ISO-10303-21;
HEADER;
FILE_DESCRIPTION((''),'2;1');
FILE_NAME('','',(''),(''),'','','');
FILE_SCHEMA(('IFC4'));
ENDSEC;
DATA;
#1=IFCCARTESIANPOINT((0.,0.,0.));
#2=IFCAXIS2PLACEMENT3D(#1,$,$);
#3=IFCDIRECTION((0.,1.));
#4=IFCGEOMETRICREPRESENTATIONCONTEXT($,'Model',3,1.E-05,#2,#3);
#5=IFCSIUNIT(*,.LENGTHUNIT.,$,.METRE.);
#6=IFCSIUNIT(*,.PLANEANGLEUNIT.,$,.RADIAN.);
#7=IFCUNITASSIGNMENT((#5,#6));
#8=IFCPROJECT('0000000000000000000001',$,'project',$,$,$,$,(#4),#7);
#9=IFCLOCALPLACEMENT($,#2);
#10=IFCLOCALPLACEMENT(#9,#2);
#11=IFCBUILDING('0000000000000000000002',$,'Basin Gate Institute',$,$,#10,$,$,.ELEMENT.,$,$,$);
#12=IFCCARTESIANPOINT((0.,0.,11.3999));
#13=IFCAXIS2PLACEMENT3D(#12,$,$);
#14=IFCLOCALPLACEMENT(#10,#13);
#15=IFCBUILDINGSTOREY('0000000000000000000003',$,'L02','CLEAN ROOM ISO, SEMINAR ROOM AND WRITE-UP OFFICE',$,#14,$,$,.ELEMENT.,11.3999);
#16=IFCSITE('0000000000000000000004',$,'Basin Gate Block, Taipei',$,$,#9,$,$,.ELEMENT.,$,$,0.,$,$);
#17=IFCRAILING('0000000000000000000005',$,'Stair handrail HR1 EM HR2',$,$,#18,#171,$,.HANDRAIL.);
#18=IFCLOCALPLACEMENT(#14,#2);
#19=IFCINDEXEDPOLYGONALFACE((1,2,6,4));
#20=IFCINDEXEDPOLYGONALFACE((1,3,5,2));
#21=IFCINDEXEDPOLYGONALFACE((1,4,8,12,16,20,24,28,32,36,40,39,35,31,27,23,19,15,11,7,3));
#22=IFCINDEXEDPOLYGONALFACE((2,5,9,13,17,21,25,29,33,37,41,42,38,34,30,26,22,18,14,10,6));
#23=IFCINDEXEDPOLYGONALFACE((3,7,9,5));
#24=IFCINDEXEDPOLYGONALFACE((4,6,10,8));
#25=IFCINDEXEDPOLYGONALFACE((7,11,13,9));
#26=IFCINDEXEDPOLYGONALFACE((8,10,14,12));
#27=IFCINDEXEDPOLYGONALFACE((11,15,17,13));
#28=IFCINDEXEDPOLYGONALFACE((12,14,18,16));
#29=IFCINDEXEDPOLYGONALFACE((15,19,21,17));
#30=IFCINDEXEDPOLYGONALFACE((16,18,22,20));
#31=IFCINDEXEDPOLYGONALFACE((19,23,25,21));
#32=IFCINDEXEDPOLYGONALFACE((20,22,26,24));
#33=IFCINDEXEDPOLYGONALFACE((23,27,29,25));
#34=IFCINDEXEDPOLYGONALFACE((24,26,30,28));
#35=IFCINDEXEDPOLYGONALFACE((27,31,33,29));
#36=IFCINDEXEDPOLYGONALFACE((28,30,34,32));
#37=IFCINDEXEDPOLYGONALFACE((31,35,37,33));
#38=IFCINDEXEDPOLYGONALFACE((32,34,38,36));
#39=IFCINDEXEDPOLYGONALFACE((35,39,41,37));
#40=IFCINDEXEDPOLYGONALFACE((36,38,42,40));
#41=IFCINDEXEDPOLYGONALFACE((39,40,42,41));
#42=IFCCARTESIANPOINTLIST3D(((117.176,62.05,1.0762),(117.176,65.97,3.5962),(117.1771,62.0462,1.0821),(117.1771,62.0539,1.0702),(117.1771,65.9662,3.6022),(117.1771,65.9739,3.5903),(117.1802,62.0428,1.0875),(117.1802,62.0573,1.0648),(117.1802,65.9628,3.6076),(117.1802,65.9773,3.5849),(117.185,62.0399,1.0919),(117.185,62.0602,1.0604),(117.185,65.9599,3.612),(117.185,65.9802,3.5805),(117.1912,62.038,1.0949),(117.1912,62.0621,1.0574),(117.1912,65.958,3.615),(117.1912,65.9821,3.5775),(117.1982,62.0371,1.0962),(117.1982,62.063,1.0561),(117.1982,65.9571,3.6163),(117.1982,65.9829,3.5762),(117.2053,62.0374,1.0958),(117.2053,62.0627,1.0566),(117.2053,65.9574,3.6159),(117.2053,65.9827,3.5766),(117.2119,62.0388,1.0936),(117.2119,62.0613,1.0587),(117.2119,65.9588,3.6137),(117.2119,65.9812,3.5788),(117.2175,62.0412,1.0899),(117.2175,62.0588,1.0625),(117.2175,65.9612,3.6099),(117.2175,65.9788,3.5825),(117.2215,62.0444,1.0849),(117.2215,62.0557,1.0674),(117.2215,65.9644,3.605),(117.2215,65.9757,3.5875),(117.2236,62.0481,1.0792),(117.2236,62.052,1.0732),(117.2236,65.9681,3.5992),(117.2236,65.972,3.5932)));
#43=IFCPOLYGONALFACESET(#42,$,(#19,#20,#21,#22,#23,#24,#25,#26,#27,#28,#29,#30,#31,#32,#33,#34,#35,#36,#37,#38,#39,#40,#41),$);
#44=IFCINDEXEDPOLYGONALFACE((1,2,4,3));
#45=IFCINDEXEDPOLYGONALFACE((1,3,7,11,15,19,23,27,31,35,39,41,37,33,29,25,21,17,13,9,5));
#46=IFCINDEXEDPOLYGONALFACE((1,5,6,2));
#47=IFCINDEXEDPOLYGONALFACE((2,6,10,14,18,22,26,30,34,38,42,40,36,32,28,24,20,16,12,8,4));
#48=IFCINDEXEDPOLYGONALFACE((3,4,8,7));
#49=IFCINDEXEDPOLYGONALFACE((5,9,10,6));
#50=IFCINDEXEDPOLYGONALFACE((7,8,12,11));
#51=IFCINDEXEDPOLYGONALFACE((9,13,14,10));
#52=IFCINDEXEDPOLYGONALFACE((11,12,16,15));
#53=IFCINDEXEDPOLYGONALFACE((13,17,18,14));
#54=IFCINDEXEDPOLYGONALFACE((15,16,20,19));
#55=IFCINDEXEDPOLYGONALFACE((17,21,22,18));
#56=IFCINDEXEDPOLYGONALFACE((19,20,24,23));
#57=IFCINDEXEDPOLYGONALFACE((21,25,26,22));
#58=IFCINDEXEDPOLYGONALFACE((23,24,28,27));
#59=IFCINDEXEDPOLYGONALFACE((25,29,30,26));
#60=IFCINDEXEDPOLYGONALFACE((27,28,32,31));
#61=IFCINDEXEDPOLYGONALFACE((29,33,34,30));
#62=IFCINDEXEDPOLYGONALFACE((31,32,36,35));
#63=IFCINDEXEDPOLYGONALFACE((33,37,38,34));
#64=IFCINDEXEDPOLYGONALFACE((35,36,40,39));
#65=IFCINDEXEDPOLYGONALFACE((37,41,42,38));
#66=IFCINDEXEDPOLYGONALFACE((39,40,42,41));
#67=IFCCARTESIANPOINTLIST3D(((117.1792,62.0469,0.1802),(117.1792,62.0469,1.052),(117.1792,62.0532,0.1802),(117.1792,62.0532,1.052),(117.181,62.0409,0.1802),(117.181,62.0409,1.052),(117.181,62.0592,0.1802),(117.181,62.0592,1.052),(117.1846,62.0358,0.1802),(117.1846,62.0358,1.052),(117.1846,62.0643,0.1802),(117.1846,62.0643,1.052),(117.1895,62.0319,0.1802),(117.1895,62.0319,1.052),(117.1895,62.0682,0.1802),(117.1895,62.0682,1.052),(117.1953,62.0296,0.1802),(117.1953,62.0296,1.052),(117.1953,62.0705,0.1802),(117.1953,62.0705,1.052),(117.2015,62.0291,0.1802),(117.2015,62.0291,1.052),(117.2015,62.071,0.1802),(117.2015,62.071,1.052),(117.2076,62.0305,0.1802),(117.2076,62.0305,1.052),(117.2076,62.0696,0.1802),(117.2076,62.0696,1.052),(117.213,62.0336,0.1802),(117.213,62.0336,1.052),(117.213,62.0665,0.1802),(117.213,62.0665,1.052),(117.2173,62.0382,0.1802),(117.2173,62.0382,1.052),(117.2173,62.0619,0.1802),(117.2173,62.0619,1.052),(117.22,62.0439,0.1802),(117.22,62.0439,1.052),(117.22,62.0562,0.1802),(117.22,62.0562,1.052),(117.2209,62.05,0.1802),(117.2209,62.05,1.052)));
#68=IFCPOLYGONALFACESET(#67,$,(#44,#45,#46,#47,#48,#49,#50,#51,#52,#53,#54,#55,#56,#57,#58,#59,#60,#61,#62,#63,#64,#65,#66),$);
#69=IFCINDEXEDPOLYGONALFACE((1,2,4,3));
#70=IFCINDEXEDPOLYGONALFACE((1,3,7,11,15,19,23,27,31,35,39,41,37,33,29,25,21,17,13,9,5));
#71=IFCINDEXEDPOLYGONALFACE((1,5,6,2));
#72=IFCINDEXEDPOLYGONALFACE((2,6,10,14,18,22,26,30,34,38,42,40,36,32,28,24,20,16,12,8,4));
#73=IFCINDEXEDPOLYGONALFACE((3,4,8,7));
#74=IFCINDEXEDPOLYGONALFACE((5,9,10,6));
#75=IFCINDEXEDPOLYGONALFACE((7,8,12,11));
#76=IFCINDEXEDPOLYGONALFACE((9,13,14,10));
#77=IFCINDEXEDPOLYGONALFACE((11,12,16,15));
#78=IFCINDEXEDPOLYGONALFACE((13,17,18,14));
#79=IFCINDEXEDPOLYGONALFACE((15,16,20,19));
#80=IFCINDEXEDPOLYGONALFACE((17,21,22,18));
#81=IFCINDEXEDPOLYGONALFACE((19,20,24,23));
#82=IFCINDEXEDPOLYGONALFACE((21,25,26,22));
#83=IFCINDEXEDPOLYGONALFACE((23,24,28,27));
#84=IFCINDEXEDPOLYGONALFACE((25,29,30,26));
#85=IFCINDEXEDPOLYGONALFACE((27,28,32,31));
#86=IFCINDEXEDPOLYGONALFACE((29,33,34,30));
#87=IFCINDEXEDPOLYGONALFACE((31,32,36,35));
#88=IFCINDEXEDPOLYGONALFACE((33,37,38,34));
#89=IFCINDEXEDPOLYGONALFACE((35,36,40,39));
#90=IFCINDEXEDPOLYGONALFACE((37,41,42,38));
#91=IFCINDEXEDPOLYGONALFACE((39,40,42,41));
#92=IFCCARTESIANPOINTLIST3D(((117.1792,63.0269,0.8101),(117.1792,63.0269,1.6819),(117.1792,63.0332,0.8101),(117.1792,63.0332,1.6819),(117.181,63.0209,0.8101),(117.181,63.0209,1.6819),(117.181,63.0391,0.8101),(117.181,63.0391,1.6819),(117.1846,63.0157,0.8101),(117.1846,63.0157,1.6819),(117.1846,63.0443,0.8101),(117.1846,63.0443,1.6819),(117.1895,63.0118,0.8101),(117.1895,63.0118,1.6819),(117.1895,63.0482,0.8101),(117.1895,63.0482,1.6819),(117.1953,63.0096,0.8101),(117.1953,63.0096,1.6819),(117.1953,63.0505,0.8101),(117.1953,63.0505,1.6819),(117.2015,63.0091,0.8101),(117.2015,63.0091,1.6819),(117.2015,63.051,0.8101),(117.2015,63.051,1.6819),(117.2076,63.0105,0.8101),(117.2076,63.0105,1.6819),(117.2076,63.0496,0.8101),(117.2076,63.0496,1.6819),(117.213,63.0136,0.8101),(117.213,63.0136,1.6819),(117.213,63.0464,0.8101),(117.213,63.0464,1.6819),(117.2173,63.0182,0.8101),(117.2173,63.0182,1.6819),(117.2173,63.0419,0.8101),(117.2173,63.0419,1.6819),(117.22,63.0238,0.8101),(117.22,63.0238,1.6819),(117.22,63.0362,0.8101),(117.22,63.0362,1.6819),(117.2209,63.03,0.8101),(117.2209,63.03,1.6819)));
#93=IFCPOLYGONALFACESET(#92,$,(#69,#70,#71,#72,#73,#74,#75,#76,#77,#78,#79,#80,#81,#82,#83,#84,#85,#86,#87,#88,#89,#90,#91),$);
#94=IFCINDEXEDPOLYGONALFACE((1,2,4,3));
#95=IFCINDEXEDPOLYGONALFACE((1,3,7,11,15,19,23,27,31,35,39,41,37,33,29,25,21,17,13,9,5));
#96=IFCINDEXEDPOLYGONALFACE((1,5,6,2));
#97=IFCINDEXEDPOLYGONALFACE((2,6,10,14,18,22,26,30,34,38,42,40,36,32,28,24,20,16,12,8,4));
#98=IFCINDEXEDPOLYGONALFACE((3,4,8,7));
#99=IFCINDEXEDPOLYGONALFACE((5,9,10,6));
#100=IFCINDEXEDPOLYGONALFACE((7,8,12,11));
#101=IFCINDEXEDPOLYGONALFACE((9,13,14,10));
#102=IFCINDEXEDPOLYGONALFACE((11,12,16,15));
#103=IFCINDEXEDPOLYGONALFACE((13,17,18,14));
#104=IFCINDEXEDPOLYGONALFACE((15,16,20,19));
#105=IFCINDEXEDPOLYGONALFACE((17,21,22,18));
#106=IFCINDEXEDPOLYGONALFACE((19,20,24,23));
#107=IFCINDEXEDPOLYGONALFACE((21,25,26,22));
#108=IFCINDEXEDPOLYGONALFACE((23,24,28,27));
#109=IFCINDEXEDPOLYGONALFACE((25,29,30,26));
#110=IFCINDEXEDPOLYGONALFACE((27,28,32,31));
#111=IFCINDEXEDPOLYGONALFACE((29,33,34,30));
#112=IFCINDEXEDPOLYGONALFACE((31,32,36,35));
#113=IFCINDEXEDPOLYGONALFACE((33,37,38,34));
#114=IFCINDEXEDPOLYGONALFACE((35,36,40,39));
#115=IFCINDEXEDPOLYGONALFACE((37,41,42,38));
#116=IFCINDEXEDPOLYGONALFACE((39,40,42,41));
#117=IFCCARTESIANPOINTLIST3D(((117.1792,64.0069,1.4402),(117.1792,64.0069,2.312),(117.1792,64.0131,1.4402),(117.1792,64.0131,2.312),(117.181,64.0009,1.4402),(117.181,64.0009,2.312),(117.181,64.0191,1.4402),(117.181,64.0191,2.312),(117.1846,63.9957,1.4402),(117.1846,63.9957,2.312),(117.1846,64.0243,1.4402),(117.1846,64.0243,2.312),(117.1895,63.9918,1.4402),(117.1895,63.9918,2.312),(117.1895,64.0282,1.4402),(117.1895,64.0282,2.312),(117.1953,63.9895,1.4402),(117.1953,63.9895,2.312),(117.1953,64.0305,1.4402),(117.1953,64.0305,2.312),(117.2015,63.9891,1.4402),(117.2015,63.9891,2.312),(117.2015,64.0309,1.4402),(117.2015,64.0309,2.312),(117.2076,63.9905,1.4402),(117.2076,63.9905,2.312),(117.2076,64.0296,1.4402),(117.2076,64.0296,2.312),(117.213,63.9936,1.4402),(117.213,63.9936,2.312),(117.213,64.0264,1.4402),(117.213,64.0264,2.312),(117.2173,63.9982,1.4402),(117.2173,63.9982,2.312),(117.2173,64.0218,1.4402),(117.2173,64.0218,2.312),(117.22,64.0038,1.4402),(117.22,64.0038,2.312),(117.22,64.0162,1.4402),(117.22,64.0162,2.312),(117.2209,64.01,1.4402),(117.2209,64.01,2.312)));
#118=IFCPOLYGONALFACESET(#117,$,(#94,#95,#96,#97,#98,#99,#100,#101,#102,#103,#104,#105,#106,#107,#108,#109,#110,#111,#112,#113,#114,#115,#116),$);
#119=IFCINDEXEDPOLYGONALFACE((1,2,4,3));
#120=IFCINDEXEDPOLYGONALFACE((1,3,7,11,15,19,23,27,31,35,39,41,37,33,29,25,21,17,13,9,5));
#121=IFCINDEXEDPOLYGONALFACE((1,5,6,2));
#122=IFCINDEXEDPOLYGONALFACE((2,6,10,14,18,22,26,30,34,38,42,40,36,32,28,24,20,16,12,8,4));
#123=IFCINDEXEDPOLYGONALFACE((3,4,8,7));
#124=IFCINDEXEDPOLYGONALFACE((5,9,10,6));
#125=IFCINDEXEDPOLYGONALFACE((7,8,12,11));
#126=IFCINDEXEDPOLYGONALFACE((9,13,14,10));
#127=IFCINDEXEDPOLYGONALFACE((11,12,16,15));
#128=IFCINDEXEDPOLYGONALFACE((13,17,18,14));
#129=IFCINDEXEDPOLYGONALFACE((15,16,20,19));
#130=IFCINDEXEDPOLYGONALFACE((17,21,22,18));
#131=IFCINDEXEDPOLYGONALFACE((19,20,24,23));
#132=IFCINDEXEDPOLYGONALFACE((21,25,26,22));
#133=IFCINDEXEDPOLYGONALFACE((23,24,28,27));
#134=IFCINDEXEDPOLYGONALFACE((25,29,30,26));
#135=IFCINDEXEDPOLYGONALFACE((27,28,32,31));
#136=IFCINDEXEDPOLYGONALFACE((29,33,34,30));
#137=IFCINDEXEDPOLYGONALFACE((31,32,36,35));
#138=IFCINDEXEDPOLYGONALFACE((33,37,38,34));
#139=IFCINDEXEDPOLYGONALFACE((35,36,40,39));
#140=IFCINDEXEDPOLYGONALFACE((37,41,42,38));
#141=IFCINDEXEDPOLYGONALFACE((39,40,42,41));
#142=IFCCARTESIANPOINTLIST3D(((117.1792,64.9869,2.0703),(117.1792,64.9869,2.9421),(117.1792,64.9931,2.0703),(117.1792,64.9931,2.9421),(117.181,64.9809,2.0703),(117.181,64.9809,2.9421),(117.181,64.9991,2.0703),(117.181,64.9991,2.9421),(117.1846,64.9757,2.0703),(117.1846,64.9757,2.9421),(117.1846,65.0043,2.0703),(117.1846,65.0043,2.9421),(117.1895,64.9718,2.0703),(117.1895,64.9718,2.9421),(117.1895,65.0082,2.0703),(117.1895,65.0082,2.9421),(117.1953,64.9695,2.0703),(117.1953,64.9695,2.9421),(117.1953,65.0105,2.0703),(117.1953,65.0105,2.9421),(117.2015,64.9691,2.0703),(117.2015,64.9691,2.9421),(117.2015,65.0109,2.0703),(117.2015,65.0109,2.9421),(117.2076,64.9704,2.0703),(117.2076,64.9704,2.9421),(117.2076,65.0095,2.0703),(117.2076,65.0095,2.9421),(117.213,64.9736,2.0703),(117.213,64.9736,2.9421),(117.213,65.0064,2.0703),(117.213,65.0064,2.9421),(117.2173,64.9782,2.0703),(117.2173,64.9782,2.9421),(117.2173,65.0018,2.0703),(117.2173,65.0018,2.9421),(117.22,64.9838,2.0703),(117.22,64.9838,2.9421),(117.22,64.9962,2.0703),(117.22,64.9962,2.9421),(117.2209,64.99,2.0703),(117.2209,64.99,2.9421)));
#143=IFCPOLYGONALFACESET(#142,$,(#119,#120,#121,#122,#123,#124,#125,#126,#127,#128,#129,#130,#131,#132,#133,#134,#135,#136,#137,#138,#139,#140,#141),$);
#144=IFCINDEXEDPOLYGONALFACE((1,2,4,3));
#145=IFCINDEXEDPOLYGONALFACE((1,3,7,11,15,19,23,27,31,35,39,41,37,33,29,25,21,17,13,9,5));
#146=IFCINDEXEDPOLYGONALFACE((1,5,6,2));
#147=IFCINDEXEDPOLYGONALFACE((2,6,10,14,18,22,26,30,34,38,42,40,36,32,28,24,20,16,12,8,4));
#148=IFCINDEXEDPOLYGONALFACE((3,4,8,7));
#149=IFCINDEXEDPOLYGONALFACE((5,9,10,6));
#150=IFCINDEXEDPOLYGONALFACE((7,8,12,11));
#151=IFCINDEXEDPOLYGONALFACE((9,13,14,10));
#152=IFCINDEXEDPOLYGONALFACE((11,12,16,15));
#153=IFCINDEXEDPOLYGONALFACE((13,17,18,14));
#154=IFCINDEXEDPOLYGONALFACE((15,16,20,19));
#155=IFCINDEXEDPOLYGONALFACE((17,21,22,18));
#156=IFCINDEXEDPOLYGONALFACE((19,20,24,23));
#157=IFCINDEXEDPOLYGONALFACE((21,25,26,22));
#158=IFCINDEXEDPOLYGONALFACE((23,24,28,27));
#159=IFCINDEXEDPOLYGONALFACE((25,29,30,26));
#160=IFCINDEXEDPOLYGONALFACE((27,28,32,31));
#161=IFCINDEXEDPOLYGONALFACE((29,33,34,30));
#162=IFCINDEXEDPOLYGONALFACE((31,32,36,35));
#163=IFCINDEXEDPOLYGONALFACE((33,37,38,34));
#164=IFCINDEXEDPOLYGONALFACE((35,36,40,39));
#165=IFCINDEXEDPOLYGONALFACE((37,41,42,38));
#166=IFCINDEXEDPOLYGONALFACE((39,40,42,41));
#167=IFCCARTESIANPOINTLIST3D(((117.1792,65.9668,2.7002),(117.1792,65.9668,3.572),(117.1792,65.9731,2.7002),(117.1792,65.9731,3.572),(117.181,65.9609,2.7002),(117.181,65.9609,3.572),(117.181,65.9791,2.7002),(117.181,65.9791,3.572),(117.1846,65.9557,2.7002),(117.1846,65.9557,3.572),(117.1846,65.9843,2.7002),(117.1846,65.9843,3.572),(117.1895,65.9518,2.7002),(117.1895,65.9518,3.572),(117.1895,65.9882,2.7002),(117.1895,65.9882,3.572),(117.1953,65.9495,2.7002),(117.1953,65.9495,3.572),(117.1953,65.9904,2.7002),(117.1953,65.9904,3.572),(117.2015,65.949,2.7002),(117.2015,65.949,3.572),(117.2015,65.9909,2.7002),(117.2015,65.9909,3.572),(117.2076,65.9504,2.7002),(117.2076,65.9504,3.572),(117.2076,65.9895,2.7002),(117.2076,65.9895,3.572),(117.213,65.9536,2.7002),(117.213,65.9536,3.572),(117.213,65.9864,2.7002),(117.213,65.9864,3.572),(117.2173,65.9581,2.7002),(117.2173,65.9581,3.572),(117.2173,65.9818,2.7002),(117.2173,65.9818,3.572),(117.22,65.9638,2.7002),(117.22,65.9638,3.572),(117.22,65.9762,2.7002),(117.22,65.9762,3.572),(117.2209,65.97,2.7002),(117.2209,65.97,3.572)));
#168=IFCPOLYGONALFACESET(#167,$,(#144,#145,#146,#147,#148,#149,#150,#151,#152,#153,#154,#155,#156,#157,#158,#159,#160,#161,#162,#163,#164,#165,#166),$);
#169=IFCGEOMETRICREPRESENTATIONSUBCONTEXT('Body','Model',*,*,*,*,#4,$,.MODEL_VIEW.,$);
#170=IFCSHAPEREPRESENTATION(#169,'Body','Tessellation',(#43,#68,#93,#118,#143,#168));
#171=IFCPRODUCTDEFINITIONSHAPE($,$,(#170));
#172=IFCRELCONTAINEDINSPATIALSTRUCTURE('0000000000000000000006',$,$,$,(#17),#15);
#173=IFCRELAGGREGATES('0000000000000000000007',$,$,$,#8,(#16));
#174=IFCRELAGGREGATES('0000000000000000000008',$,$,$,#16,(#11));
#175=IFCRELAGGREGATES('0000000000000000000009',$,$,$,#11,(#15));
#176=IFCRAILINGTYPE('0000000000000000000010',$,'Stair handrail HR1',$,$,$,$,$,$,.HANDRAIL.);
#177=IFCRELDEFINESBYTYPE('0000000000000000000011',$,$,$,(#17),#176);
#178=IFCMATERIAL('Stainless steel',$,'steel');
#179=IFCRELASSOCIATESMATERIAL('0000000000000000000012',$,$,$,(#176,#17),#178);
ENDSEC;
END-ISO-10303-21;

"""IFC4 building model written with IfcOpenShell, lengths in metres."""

from ifc_helpers import new_model, si_unit, direction, frame, origin, origin_2d, place, context, subcontext, project, spatial, circle, extrude, material, type_object, element, save


model = new_model("IFC4")

# Units and contexts
model_context = context("Model", 3, precision=1e-05, world=origin(), true_north=direction((0.0, 1.0)))
body_context = subcontext(model_context, "Body", "Model", "MODEL_VIEW")
ifc_project = project(units=[si_unit("LENGTHUNIT", "METRE"), si_unit("PLANEANGLEUNIT", "RADIAN")], contexts=[model_context])

# Site, building, storey
site_placement = place(None, origin())
site = spatial("IfcSite", under=ifc_project, at=site_placement, Name="Basin Gate Block, Taipei", CompositionType="ELEMENT", RefElevation=0.0)
building_placement = place(site_placement, origin())
building = spatial("IfcBuilding", under=site, at=building_placement, Name="Basin Gate Institute", CompositionType="ELEMENT")
storey_placement = place(building_placement, frame((0.0, 0.0, 11.3999)))
storey = spatial("IfcBuildingStorey", under=building, at=storey_placement, Name="L02", Description="CLEAN ROOM ISO, SEMINAR ROOM AND WRITE-UP OFFICE", CompositionType="ELEMENT", Elevation=11.3999)

# Railing
ifc_material_1 = material(Name="Stainless steel", Category="steel")
railing_type_1 = type_object("IfcRailingType", Name="Stair handrail HR1", PredefinedType="HANDRAIL", material=ifc_material_1)
railing_1_placement = place(storey_placement, frame((117.2, 62.05, 0.1802)))
element("IfcRailing", 1, at=railing_1_placement, inside=storey, type_object=railing_type_1, material=ifc_material_1, Name="Stair handrail HR1 EM HR2", PredefinedType="HANDRAIL", context=body_context, shape_type="SweptSolid", body=[
    extrude(circle(Radius=0.0239, at=origin_2d()), frame((0.0, 0.0, 0.896), z_axis=(0.0, 0.841172, 0.540768), x_axis=(-1.0, 0.0, 0.0)), (0.0, 0.0, 1.0), 4.6602),
    extrude(circle(Radius=0.021, at=origin_2d()), origin(), (0.0, 0.0, 1.0), 0.8718),
    extrude(circle(Radius=0.021, at=origin_2d()), frame((0.0, 0.98, 0.6299)), (0.0, 0.0, 1.0), 0.8718),
    extrude(circle(Radius=0.021, at=origin_2d()), frame((0.0, 1.96, 1.26)), (0.0, 0.0, 1.0), 0.8718),
    extrude(circle(Radius=0.021, at=origin_2d()), frame((0.0, 2.9399, 1.8901)), (0.0, 0.0, 1.0), 0.8718),
    extrude(circle(Radius=0.021, at=origin_2d()), frame((0.0, 3.9199, 2.52)), (0.0, 0.0, 1.0), 0.8718),
])

save(model, "model.ifc")
